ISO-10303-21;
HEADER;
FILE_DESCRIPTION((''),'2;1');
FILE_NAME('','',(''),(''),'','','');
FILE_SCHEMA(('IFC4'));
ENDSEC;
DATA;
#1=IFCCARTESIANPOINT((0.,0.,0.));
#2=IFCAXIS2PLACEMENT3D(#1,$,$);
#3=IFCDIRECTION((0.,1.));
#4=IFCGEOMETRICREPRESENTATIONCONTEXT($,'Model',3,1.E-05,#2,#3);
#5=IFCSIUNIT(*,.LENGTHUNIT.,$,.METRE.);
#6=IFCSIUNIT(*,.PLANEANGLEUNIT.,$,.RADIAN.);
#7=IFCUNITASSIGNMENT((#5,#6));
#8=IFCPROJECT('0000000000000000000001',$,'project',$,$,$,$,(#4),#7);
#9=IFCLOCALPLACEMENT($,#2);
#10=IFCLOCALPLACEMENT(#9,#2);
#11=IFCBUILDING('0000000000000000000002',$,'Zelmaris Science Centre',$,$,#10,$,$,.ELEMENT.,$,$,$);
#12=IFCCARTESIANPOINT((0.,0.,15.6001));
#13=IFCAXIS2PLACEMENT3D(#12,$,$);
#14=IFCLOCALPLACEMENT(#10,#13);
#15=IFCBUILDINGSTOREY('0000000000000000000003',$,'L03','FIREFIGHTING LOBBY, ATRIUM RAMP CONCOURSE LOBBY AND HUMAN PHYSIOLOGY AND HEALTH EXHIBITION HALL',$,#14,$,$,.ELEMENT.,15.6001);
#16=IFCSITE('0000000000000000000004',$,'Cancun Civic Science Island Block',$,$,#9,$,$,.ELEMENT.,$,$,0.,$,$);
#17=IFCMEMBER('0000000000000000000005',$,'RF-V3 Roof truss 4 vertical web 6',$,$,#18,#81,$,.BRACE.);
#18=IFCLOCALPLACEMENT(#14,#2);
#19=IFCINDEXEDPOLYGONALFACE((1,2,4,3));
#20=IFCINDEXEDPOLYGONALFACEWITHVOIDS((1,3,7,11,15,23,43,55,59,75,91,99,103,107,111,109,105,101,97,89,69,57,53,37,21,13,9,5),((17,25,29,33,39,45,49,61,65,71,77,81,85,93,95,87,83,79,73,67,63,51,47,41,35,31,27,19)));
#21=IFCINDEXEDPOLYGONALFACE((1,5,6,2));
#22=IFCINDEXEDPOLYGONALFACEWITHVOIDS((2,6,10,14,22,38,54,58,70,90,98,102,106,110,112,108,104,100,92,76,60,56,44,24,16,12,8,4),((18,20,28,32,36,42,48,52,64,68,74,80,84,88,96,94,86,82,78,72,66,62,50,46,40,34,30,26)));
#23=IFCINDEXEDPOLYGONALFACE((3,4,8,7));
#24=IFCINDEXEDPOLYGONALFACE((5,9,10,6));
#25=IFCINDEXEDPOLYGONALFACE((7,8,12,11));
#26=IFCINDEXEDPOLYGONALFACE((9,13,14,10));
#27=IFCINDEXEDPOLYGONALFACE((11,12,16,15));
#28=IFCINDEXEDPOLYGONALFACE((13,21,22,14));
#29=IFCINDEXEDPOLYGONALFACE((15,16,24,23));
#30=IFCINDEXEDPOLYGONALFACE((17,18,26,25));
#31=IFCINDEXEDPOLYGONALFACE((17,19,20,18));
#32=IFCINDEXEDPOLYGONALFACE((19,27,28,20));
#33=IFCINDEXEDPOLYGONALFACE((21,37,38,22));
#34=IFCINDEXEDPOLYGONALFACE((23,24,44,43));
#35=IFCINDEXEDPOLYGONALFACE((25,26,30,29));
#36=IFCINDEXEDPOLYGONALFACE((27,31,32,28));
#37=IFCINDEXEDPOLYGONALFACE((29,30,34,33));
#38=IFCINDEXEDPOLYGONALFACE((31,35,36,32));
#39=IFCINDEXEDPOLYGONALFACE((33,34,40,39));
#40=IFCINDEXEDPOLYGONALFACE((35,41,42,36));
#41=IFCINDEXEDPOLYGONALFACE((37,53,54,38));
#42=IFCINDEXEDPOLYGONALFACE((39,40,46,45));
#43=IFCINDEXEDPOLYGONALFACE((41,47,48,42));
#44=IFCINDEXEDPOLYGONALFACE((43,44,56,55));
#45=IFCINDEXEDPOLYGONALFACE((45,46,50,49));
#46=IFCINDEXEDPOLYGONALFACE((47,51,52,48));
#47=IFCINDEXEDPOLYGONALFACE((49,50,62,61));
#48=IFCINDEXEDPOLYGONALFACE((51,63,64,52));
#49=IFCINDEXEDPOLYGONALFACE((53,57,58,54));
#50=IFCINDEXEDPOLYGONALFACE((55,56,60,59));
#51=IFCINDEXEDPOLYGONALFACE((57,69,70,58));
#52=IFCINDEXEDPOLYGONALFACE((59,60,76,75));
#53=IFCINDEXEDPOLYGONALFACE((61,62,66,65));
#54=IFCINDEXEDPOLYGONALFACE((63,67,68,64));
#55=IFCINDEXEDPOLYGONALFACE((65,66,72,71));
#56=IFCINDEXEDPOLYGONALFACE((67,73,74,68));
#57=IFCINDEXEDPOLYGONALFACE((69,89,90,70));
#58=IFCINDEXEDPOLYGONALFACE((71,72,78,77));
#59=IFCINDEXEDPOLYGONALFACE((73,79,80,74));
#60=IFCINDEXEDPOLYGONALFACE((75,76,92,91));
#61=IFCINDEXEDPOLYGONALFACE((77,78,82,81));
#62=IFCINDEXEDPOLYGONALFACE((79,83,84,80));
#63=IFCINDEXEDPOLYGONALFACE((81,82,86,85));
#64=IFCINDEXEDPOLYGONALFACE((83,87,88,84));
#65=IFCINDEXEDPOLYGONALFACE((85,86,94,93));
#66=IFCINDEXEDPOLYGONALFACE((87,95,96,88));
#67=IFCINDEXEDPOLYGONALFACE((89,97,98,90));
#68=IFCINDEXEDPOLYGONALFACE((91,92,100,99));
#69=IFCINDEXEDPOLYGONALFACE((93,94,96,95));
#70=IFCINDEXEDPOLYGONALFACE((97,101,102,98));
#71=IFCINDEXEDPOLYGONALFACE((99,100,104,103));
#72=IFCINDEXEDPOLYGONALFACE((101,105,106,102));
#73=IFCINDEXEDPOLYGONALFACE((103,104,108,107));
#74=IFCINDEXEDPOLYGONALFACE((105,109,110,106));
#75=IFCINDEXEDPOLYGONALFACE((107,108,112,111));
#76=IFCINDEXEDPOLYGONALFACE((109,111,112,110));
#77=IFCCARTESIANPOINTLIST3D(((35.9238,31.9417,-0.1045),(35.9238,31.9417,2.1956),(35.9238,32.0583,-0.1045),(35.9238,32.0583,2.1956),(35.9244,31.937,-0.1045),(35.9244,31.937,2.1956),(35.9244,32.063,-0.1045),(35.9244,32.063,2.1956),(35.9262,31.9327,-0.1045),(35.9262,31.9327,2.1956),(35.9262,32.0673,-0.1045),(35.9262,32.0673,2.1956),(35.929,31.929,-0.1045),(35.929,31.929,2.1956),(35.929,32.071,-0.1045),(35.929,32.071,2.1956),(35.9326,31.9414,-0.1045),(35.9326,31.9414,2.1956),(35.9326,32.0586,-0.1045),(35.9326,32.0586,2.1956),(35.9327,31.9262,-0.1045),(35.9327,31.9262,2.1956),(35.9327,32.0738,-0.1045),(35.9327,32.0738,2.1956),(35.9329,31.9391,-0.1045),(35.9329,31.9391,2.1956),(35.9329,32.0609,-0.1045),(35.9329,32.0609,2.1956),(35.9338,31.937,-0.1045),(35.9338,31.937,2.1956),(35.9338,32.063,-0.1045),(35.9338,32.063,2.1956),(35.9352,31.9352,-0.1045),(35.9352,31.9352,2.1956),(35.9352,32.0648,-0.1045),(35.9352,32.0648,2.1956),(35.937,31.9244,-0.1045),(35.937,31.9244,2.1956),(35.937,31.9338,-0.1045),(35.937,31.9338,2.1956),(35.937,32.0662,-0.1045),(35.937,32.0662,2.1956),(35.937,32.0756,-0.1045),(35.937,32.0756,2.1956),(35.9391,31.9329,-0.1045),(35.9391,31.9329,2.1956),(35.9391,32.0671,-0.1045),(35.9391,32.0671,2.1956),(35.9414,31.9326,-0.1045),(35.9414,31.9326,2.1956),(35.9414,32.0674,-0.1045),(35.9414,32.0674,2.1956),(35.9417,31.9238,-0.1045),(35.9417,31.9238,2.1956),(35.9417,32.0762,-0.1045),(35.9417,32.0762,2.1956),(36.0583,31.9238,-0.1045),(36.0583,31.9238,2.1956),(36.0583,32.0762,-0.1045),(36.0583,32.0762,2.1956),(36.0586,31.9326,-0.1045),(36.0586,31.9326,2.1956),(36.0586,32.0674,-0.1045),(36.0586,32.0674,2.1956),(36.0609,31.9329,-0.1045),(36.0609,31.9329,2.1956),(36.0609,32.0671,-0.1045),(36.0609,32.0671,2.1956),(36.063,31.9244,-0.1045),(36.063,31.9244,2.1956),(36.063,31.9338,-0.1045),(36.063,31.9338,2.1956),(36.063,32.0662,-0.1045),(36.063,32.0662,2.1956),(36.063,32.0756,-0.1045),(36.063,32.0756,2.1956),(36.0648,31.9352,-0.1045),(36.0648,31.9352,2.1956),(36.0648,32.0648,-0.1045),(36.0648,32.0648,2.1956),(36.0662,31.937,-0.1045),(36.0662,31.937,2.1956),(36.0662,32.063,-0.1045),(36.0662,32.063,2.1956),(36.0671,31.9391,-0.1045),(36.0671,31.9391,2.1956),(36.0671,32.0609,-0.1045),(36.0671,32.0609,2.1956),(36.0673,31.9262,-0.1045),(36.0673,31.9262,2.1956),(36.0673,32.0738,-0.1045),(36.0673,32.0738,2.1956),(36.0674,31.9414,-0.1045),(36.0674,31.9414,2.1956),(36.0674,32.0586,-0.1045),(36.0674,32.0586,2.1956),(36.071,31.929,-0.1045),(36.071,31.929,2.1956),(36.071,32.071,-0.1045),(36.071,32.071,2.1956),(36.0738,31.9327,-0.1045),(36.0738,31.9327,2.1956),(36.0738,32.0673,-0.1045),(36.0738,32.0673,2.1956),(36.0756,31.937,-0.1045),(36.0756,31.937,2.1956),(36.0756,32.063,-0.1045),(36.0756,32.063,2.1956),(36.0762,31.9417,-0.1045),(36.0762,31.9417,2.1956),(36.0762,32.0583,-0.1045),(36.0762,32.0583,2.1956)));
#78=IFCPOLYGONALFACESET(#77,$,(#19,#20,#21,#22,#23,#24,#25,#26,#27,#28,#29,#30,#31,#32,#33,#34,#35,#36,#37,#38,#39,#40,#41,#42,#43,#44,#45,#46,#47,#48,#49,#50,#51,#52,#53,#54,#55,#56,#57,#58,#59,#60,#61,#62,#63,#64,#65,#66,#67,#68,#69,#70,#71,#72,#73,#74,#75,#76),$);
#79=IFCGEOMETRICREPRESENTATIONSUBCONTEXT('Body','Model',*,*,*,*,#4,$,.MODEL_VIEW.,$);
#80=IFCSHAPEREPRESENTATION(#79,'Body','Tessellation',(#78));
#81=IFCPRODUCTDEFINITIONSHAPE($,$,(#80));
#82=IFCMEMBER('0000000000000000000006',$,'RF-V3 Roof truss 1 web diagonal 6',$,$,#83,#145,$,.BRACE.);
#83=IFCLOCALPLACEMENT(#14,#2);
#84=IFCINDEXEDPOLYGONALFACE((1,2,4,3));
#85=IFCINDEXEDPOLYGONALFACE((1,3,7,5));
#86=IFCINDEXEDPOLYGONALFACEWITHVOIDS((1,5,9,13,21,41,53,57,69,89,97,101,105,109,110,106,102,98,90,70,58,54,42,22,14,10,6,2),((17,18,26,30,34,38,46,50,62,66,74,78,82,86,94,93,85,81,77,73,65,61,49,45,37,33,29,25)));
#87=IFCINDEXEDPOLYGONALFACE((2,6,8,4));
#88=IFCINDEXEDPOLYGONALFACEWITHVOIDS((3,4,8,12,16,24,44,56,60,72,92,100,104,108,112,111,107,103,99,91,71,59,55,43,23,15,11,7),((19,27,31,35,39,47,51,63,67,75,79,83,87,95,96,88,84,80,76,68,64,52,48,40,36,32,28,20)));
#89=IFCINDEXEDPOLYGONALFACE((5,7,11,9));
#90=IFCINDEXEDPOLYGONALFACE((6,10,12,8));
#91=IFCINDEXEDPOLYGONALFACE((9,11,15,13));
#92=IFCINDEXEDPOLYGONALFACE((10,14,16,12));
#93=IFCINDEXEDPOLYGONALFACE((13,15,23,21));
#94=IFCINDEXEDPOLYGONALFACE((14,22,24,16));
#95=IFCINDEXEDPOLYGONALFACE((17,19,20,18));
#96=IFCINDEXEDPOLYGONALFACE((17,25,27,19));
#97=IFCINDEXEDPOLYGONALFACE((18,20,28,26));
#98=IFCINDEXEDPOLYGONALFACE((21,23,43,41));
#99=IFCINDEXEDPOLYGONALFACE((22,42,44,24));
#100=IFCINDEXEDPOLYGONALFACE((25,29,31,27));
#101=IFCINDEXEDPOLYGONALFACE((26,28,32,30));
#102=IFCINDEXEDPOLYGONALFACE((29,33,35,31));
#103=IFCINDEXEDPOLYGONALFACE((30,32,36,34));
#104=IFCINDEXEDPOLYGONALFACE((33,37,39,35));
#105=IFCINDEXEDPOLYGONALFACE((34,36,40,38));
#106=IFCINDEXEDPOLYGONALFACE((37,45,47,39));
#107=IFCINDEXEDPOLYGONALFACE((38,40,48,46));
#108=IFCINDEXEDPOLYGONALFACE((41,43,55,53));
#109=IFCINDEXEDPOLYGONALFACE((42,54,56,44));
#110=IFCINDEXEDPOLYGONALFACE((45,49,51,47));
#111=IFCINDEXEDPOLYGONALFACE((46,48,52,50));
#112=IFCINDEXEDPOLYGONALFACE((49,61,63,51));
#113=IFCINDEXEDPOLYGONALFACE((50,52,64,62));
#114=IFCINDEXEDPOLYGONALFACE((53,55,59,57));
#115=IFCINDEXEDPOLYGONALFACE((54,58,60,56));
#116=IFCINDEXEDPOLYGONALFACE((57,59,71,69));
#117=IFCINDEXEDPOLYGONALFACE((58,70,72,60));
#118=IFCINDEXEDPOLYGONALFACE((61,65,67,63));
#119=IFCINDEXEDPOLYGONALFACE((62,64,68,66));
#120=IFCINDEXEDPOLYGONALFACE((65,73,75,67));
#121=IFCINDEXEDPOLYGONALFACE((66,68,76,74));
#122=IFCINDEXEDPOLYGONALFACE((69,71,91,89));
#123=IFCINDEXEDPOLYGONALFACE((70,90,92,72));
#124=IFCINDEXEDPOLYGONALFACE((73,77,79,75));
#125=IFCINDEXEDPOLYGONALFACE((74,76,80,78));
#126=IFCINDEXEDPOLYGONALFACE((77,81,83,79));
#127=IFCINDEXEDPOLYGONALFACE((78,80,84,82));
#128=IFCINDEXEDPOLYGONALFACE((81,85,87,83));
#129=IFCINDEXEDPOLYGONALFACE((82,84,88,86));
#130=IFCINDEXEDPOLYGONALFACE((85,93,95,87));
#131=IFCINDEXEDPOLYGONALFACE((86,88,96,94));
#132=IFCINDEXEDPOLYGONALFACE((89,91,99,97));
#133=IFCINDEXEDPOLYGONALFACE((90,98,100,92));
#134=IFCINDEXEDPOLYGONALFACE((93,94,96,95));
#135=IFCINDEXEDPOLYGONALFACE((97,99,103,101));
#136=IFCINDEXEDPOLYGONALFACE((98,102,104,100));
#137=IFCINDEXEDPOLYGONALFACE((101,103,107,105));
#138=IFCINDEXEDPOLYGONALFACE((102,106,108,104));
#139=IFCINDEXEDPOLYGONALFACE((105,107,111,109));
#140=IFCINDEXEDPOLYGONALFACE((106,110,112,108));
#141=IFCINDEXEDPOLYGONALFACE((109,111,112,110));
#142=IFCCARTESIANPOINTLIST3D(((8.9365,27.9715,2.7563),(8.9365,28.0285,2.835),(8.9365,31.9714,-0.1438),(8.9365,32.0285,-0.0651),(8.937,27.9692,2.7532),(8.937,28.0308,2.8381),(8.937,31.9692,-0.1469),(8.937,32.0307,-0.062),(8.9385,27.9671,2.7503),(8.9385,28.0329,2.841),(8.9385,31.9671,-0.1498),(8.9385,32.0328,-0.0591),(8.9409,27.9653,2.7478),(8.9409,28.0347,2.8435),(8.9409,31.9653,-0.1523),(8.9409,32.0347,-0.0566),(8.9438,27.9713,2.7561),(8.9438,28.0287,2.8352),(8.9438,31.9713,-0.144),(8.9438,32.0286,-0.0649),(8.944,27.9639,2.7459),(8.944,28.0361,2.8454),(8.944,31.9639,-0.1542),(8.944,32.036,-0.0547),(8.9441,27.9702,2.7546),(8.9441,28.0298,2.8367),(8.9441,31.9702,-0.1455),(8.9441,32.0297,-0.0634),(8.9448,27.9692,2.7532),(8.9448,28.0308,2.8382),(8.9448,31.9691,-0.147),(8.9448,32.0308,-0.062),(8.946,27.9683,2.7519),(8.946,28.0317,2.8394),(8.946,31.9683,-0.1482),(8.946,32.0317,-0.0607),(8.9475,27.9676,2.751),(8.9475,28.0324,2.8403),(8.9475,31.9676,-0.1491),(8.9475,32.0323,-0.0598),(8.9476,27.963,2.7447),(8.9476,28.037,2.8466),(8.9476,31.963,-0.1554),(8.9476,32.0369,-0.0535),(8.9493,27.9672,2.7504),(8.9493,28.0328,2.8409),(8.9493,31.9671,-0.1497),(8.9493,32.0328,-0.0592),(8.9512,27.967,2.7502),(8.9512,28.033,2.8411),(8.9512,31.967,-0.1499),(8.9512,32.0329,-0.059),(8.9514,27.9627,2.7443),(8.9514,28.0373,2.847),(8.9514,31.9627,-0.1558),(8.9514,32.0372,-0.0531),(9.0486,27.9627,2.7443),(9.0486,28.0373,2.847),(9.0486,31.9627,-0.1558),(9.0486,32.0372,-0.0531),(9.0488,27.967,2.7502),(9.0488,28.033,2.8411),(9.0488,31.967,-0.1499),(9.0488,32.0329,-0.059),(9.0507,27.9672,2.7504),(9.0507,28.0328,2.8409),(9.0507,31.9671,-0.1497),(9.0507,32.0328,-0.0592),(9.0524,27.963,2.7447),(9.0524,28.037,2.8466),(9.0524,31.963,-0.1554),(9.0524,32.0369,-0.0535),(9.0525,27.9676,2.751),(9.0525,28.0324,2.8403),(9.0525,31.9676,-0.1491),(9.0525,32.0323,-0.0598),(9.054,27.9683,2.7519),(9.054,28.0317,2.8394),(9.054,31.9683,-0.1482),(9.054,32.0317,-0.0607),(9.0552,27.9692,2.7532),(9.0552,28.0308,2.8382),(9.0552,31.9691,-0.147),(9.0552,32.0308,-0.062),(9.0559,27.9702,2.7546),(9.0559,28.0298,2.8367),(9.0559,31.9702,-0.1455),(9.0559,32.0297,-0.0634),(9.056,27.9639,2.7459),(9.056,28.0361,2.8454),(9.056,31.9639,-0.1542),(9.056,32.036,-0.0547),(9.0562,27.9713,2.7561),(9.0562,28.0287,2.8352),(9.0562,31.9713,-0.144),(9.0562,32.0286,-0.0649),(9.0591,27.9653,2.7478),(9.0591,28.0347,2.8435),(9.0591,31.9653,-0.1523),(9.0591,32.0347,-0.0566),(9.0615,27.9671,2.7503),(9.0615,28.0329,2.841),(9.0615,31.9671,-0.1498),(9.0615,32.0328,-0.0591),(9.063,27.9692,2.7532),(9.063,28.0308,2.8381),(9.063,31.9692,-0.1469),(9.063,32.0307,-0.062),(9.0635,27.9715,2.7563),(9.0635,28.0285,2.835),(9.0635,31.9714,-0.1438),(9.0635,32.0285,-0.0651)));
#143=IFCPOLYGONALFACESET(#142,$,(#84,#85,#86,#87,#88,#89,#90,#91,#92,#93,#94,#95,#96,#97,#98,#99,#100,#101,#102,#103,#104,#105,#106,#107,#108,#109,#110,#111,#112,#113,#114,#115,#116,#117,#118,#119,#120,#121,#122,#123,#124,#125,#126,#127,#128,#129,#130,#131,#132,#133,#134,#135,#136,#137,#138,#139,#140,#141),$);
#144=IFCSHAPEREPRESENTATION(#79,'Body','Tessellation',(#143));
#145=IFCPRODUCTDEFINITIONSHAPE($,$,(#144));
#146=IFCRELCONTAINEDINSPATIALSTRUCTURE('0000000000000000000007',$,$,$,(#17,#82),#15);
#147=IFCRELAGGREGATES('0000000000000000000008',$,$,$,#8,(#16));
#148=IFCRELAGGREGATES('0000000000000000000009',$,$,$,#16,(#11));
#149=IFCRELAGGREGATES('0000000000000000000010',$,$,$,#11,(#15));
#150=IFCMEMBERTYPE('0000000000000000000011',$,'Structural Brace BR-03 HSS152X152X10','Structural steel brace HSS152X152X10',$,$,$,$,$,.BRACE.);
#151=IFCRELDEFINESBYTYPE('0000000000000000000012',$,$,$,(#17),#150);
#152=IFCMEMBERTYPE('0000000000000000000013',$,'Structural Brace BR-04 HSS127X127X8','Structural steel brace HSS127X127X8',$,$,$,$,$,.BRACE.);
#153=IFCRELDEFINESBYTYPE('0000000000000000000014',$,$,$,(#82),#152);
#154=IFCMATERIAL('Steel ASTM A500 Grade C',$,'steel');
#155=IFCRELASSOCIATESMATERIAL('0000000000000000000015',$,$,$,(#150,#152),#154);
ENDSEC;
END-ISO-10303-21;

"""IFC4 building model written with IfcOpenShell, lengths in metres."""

from ifc_helpers import new_model, si_unit, direction, frame, origin, origin_2d, place, context, subcontext, project, spatial, hollow_rectangle, extrude, material, material_profile, profile_set, type_object, element, save


model = new_model("IFC4")

# Units and contexts
model_context = context("Model", 3, precision=1e-05, world=origin(), true_north=direction((0.0, 1.0)))
body_context = subcontext(model_context, "Body", "Model", "MODEL_VIEW")
ifc_project = project(units=[si_unit("LENGTHUNIT", "METRE"), si_unit("PLANEANGLEUNIT", "RADIAN")], contexts=[model_context])

# Site, building, storey
site_placement = place(None, origin())
site = spatial("IfcSite", under=ifc_project, at=site_placement, Name="Cancun Civic Science Island Block", CompositionType="ELEMENT", RefElevation=0.0)
building_placement = place(site_placement, origin())
building = spatial("IfcBuilding", under=site, at=building_placement, Name="Zelmaris Science Centre", CompositionType="ELEMENT")
storey_placement = place(building_placement, frame((0.0, 0.0, 15.6001)))
storey = spatial("IfcBuildingStorey", under=building, at=storey_placement, Name="L03", Description="FIREFIGHTING LOBBY, ATRIUM RAMP CONCOURSE LOBBY AND HUMAN PHYSIOLOGY AND HEALTH EXHIBITION HALL", CompositionType="ELEMENT", Elevation=15.6001)

# Shared definitions
ifc_material_1 = material(Name="Steel ASTM A500 Grade C", Category="steel")

# Members
ifc_material_profile_1 = material_profile(ifc_material_1, hollow_rectangle(XDim=0.1523, YDim=0.1523, WallThickness=0.0088, InnerFilletRadius=0.0088, OuterFilletRadius=0.0178, at=origin_2d()), Name="HSS152X152X10")
ifc_profile_set_1 = profile_set([ifc_material_profile_1], Name="Steel ASTM A500 Grade C")
member_type_1 = type_object("IfcMemberType", Name="Structural Brace BR-03 HSS152X152X10", Description="Structural steel brace HSS152X152X10", PredefinedType="BRACE", material=ifc_profile_set_1)
member_1_placement = place(storey_placement, frame((36.0, 32.0, -0.1045), z_axis=(0.0, 0.0, 1.0), x_axis=(1.0, 0.0, 0.0)))
element("IfcMember", 1, at=member_1_placement, inside=storey, type_object=member_type_1, Name="RF-V3 Roof truss 4 vertical web 6", PredefinedType="BRACE", context=body_context, shape_type="SweptSolid", body=[
    extrude(hollow_rectangle(XDim=0.1523, YDim=0.1523, WallThickness=0.0088, InnerFilletRadius=0.0088, OuterFilletRadius=0.0178, at=origin_2d()), origin(), (0.0, 0.0, 1.0), 2.3),
])
ifc_material_profile_2 = material_profile(ifc_material_1, hollow_rectangle(XDim=0.127, YDim=0.127, WallThickness=0.0073, InnerFilletRadius=0.0073, OuterFilletRadius=0.0149, at=origin_2d()), Name="HSS127X127X8")
ifc_profile_set_2 = profile_set([ifc_material_profile_2], Name="Steel ASTM A500 Grade C")
member_type_2 = type_object("IfcMemberType", Name="Structural Brace BR-04 HSS127X127X8", Description="Structural steel brace HSS127X127X8", PredefinedType="BRACE", material=ifc_profile_set_2)
member_2_placement = place(storey_placement, frame((9.0, 28.0, 2.7957), z_axis=(0.0, 0.809596, -0.586987), x_axis=(-1.0, 0.0, 0.0)))
element("IfcMember", 2, at=member_2_placement, inside=storey, type_object=member_type_2, Name="RF-V3 Roof truss 1 web diagonal 6", PredefinedType="BRACE", context=body_context, shape_type="SweptSolid", body=[
    extrude(hollow_rectangle(XDim=0.127, YDim=0.127, WallThickness=0.0073, InnerFilletRadius=0.0073, OuterFilletRadius=0.0149, at=origin_2d()), origin(), (0.0, 0.0, 1.0), 4.9407),
])

save(model, "model.ifc")
